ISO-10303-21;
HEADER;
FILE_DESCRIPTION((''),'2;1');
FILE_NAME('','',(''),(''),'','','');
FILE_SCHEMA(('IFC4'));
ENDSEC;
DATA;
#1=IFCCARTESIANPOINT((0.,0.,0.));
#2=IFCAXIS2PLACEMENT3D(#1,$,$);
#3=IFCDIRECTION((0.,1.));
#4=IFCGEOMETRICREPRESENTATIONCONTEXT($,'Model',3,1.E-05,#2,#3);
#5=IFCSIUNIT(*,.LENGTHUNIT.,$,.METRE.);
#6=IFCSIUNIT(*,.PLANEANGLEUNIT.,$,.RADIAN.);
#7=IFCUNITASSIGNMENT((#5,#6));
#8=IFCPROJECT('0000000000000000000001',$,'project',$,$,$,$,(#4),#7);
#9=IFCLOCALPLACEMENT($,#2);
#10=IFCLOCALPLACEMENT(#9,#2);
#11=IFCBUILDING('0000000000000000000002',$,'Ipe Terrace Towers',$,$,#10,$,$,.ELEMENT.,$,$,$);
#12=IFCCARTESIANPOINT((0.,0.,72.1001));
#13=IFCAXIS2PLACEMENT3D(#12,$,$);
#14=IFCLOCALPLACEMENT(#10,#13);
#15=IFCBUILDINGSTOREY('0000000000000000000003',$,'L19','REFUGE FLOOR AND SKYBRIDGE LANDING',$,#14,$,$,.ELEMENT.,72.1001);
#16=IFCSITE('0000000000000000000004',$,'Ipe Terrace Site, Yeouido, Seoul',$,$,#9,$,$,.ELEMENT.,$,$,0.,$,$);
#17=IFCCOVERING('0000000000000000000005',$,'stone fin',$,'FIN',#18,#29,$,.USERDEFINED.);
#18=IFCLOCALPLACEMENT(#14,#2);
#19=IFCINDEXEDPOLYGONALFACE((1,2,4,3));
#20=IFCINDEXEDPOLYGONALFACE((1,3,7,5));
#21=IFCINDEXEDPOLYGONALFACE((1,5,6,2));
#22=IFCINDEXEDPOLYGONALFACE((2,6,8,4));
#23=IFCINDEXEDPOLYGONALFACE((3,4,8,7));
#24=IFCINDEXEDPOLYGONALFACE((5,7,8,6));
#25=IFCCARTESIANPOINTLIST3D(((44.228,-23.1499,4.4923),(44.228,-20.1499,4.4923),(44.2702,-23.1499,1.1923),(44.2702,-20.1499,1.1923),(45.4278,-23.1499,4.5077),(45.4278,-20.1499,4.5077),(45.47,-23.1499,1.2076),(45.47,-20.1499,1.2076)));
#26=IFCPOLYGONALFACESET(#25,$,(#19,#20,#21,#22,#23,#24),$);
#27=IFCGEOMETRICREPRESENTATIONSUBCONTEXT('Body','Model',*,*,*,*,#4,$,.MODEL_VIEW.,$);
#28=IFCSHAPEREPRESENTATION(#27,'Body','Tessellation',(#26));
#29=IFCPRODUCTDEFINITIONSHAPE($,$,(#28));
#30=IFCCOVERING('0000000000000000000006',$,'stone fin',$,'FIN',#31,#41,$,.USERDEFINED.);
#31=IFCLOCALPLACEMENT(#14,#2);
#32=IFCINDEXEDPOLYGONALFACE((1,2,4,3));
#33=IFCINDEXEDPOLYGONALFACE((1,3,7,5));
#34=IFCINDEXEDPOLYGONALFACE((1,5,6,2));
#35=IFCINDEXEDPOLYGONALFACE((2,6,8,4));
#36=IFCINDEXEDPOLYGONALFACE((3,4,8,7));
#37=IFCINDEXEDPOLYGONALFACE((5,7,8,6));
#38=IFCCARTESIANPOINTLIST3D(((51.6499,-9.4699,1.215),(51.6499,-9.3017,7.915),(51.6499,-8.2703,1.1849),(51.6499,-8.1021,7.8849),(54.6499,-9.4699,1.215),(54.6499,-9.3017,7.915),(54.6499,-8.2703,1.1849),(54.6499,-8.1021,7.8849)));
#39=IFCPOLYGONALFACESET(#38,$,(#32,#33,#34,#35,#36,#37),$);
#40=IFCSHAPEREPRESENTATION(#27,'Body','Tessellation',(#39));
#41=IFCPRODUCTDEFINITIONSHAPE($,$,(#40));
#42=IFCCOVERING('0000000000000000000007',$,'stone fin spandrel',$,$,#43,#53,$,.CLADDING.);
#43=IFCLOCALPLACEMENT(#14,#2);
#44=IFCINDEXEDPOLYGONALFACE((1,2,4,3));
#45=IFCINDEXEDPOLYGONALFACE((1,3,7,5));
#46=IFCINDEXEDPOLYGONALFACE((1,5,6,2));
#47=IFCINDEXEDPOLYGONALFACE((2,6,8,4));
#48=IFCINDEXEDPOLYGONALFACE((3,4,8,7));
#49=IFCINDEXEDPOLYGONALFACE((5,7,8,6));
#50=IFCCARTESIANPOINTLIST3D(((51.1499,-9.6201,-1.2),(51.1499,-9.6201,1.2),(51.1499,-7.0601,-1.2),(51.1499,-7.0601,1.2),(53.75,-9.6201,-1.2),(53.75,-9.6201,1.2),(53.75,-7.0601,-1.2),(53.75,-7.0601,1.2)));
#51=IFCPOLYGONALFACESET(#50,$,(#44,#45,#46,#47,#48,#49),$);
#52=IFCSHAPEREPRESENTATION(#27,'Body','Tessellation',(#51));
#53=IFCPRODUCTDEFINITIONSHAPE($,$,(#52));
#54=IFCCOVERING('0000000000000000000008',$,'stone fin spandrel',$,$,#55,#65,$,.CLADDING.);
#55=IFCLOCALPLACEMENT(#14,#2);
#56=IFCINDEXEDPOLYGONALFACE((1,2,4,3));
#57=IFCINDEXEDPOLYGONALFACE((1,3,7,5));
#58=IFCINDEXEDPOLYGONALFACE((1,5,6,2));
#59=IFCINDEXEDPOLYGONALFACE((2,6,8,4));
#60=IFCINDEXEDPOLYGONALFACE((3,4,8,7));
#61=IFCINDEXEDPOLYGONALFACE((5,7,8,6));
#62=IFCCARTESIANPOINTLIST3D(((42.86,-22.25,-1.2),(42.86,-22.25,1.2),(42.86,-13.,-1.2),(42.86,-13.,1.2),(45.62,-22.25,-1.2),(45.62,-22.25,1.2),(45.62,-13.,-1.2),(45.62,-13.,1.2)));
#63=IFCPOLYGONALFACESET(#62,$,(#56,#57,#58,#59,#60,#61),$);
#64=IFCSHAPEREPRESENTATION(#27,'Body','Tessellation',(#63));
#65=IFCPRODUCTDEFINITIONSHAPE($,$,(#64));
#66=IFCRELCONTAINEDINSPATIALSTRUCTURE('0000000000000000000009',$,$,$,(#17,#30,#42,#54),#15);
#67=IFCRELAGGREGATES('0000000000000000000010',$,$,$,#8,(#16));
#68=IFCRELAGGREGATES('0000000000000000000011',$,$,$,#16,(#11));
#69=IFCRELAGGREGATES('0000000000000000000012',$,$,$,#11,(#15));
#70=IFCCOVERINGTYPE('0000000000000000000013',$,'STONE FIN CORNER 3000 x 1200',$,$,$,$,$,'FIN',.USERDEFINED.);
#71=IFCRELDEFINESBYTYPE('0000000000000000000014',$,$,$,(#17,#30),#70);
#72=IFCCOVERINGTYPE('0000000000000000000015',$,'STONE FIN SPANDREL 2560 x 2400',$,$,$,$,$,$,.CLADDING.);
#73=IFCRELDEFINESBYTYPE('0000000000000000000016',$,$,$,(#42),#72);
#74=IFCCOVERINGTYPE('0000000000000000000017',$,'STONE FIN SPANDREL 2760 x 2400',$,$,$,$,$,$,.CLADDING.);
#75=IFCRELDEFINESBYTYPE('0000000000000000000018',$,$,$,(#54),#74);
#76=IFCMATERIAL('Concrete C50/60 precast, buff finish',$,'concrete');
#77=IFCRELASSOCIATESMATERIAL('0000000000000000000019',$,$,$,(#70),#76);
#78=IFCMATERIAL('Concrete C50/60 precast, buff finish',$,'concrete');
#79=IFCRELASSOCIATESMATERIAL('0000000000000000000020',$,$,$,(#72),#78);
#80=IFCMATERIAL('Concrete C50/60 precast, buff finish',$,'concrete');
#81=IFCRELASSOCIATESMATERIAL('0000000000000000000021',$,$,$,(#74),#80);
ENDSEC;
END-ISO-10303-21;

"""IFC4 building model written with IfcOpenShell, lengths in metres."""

from ifc_helpers import new_model, si_unit, direction, frame, origin, origin_2d, place, context, subcontext, project, spatial, rectangle, extrude, material, material_profile, profile_set, type_object, element, save


model = new_model("IFC4")

# Units and contexts
model_context = context("Model", 3, precision=1e-05, world=origin(), true_north=direction((0.0, 1.0)))
body_context = subcontext(model_context, "Body", "Model", "MODEL_VIEW")
ifc_project = project(units=[si_unit("LENGTHUNIT", "METRE"), si_unit("PLANEANGLEUNIT", "RADIAN")], contexts=[model_context])

# Site, building, storey
site_placement = place(None, origin())
site = spatial("IfcSite", under=ifc_project, at=site_placement, Name="Ipe Terrace Site, Yeouido, Seoul", CompositionType="ELEMENT", RefElevation=0.0)
building_placement = place(site_placement, origin())
building = spatial("IfcBuilding", under=site, at=building_placement, Name="Ipe Terrace Towers", CompositionType="ELEMENT")
storey_placement = place(building_placement, frame((0.0, 0.0, 72.1001)))
storey = spatial("IfcBuildingStorey", under=building, at=storey_placement, Name="L19", Description="REFUGE FLOOR AND SKYBRIDGE LANDING", CompositionType="ELEMENT", Elevation=72.1001)

# Coverings
ifc_material_1 = material(Name="Concrete C50/60 precast, buff finish", Category="concrete")
ifc_material_profile_1 = material_profile(ifc_material_1, rectangle(XDim=3.0, YDim=1.2, at=origin_2d()), Name="STONE FIN CORNER 3000 x 1200")
ifc_profile_set_1 = profile_set([ifc_material_profile_1], Name="Concrete C50/60 precast, buff finish")
covering_type_1 = type_object("IfcCoveringType", Name="STONE FIN CORNER 3000 x 1200", ElementType="FIN", PredefinedType="USERDEFINED", material=ifc_profile_set_1)
covering_1_placement = place(storey_placement, frame((44.8701, -21.6499, 1.2), z_axis=(-0.012798, 0.0, 0.999918), x_axis=(0.0, 1.0, 0.0)))
element("IfcCovering", 1, at=covering_1_placement, inside=storey, type_object=covering_type_1, Name="stone fin", ObjectType="FIN", PredefinedType="USERDEFINED", context=body_context, shape_type="SweptSolid", body=[
    extrude(rectangle(XDim=3.0, YDim=1.2, at=origin_2d()), origin(), (0.0, 0.0, 1.0), 3.3003),
])
covering_2_placement = place(storey_placement, frame((53.1499, -8.8701, 1.2), z_axis=(0.0, 0.025099, 0.999685), x_axis=(1.0, 0.0, 0.0)))
element("IfcCovering", 2, at=covering_2_placement, inside=storey, type_object=covering_type_1, Name="stone fin", ObjectType="FIN", PredefinedType="USERDEFINED", context=body_context, shape_type="SweptSolid", body=[
    extrude(rectangle(XDim=3.0, YDim=1.2, at=origin_2d()), origin(), (0.0, 0.0, 1.0), 6.7021),
])
ifc_material_2 = material(Name="Concrete C50/60 precast, buff finish", Category="concrete")
ifc_material_profile_2 = material_profile(ifc_material_2, rectangle(XDim=2.5601, YDim=2.3999, at=origin_2d()), Name="STONE FIN SPANDREL 2560 x 2400")
ifc_profile_set_2 = profile_set([ifc_material_profile_2], Name="Concrete C50/60 precast, buff finish")
covering_type_2 = type_object("IfcCoveringType", Name="STONE FIN SPANDREL 2560 x 2400", PredefinedType="CLADDING", material=ifc_profile_set_2)
covering_3_placement = place(storey_placement, frame((51.1499, -8.3401, 0.0), z_axis=(1.0, 0.0, 0.0), x_axis=(0.0, -1.0, 0.0)))
element("IfcCovering", 3, at=covering_3_placement, inside=storey, type_object=covering_type_2, Name="stone fin spandrel", PredefinedType="CLADDING", context=body_context, shape_type="SweptSolid", body=[
    extrude(rectangle(XDim=2.5601, YDim=2.3999, at=origin_2d()), origin(), (0.0, 0.0, 1.0), 2.6001),
])
ifc_material_3 = material(Name="Concrete C50/60 precast, buff finish", Category="concrete")
ifc_material_profile_3 = material_profile(ifc_material_3, rectangle(XDim=2.76, YDim=2.3999, at=origin_2d()), Name="STONE FIN SPANDREL 2760 x 2400")
ifc_profile_set_3 = profile_set([ifc_material_profile_3], Name="Concrete C50/60 precast, buff finish")
covering_type_3 = type_object("IfcCoveringType", Name="STONE FIN SPANDREL 2760 x 2400", PredefinedType="CLADDING", material=ifc_profile_set_3)
covering_4_placement = place(storey_placement, frame((44.24, -22.25, 0.0), z_axis=(0.0, 1.0, 0.0), x_axis=(1.0, 0.0, 0.0)))
element("IfcCovering", 4, at=covering_4_placement, inside=storey, type_object=covering_type_3, Name="stone fin spandrel", PredefinedType="CLADDING", context=body_context, shape_type="SweptSolid", body=[
    extrude(rectangle(XDim=2.76, YDim=2.3999, at=origin_2d()), origin(), (0.0, 0.0, 1.0), 9.25),
])

save(model, "model.ifc")
